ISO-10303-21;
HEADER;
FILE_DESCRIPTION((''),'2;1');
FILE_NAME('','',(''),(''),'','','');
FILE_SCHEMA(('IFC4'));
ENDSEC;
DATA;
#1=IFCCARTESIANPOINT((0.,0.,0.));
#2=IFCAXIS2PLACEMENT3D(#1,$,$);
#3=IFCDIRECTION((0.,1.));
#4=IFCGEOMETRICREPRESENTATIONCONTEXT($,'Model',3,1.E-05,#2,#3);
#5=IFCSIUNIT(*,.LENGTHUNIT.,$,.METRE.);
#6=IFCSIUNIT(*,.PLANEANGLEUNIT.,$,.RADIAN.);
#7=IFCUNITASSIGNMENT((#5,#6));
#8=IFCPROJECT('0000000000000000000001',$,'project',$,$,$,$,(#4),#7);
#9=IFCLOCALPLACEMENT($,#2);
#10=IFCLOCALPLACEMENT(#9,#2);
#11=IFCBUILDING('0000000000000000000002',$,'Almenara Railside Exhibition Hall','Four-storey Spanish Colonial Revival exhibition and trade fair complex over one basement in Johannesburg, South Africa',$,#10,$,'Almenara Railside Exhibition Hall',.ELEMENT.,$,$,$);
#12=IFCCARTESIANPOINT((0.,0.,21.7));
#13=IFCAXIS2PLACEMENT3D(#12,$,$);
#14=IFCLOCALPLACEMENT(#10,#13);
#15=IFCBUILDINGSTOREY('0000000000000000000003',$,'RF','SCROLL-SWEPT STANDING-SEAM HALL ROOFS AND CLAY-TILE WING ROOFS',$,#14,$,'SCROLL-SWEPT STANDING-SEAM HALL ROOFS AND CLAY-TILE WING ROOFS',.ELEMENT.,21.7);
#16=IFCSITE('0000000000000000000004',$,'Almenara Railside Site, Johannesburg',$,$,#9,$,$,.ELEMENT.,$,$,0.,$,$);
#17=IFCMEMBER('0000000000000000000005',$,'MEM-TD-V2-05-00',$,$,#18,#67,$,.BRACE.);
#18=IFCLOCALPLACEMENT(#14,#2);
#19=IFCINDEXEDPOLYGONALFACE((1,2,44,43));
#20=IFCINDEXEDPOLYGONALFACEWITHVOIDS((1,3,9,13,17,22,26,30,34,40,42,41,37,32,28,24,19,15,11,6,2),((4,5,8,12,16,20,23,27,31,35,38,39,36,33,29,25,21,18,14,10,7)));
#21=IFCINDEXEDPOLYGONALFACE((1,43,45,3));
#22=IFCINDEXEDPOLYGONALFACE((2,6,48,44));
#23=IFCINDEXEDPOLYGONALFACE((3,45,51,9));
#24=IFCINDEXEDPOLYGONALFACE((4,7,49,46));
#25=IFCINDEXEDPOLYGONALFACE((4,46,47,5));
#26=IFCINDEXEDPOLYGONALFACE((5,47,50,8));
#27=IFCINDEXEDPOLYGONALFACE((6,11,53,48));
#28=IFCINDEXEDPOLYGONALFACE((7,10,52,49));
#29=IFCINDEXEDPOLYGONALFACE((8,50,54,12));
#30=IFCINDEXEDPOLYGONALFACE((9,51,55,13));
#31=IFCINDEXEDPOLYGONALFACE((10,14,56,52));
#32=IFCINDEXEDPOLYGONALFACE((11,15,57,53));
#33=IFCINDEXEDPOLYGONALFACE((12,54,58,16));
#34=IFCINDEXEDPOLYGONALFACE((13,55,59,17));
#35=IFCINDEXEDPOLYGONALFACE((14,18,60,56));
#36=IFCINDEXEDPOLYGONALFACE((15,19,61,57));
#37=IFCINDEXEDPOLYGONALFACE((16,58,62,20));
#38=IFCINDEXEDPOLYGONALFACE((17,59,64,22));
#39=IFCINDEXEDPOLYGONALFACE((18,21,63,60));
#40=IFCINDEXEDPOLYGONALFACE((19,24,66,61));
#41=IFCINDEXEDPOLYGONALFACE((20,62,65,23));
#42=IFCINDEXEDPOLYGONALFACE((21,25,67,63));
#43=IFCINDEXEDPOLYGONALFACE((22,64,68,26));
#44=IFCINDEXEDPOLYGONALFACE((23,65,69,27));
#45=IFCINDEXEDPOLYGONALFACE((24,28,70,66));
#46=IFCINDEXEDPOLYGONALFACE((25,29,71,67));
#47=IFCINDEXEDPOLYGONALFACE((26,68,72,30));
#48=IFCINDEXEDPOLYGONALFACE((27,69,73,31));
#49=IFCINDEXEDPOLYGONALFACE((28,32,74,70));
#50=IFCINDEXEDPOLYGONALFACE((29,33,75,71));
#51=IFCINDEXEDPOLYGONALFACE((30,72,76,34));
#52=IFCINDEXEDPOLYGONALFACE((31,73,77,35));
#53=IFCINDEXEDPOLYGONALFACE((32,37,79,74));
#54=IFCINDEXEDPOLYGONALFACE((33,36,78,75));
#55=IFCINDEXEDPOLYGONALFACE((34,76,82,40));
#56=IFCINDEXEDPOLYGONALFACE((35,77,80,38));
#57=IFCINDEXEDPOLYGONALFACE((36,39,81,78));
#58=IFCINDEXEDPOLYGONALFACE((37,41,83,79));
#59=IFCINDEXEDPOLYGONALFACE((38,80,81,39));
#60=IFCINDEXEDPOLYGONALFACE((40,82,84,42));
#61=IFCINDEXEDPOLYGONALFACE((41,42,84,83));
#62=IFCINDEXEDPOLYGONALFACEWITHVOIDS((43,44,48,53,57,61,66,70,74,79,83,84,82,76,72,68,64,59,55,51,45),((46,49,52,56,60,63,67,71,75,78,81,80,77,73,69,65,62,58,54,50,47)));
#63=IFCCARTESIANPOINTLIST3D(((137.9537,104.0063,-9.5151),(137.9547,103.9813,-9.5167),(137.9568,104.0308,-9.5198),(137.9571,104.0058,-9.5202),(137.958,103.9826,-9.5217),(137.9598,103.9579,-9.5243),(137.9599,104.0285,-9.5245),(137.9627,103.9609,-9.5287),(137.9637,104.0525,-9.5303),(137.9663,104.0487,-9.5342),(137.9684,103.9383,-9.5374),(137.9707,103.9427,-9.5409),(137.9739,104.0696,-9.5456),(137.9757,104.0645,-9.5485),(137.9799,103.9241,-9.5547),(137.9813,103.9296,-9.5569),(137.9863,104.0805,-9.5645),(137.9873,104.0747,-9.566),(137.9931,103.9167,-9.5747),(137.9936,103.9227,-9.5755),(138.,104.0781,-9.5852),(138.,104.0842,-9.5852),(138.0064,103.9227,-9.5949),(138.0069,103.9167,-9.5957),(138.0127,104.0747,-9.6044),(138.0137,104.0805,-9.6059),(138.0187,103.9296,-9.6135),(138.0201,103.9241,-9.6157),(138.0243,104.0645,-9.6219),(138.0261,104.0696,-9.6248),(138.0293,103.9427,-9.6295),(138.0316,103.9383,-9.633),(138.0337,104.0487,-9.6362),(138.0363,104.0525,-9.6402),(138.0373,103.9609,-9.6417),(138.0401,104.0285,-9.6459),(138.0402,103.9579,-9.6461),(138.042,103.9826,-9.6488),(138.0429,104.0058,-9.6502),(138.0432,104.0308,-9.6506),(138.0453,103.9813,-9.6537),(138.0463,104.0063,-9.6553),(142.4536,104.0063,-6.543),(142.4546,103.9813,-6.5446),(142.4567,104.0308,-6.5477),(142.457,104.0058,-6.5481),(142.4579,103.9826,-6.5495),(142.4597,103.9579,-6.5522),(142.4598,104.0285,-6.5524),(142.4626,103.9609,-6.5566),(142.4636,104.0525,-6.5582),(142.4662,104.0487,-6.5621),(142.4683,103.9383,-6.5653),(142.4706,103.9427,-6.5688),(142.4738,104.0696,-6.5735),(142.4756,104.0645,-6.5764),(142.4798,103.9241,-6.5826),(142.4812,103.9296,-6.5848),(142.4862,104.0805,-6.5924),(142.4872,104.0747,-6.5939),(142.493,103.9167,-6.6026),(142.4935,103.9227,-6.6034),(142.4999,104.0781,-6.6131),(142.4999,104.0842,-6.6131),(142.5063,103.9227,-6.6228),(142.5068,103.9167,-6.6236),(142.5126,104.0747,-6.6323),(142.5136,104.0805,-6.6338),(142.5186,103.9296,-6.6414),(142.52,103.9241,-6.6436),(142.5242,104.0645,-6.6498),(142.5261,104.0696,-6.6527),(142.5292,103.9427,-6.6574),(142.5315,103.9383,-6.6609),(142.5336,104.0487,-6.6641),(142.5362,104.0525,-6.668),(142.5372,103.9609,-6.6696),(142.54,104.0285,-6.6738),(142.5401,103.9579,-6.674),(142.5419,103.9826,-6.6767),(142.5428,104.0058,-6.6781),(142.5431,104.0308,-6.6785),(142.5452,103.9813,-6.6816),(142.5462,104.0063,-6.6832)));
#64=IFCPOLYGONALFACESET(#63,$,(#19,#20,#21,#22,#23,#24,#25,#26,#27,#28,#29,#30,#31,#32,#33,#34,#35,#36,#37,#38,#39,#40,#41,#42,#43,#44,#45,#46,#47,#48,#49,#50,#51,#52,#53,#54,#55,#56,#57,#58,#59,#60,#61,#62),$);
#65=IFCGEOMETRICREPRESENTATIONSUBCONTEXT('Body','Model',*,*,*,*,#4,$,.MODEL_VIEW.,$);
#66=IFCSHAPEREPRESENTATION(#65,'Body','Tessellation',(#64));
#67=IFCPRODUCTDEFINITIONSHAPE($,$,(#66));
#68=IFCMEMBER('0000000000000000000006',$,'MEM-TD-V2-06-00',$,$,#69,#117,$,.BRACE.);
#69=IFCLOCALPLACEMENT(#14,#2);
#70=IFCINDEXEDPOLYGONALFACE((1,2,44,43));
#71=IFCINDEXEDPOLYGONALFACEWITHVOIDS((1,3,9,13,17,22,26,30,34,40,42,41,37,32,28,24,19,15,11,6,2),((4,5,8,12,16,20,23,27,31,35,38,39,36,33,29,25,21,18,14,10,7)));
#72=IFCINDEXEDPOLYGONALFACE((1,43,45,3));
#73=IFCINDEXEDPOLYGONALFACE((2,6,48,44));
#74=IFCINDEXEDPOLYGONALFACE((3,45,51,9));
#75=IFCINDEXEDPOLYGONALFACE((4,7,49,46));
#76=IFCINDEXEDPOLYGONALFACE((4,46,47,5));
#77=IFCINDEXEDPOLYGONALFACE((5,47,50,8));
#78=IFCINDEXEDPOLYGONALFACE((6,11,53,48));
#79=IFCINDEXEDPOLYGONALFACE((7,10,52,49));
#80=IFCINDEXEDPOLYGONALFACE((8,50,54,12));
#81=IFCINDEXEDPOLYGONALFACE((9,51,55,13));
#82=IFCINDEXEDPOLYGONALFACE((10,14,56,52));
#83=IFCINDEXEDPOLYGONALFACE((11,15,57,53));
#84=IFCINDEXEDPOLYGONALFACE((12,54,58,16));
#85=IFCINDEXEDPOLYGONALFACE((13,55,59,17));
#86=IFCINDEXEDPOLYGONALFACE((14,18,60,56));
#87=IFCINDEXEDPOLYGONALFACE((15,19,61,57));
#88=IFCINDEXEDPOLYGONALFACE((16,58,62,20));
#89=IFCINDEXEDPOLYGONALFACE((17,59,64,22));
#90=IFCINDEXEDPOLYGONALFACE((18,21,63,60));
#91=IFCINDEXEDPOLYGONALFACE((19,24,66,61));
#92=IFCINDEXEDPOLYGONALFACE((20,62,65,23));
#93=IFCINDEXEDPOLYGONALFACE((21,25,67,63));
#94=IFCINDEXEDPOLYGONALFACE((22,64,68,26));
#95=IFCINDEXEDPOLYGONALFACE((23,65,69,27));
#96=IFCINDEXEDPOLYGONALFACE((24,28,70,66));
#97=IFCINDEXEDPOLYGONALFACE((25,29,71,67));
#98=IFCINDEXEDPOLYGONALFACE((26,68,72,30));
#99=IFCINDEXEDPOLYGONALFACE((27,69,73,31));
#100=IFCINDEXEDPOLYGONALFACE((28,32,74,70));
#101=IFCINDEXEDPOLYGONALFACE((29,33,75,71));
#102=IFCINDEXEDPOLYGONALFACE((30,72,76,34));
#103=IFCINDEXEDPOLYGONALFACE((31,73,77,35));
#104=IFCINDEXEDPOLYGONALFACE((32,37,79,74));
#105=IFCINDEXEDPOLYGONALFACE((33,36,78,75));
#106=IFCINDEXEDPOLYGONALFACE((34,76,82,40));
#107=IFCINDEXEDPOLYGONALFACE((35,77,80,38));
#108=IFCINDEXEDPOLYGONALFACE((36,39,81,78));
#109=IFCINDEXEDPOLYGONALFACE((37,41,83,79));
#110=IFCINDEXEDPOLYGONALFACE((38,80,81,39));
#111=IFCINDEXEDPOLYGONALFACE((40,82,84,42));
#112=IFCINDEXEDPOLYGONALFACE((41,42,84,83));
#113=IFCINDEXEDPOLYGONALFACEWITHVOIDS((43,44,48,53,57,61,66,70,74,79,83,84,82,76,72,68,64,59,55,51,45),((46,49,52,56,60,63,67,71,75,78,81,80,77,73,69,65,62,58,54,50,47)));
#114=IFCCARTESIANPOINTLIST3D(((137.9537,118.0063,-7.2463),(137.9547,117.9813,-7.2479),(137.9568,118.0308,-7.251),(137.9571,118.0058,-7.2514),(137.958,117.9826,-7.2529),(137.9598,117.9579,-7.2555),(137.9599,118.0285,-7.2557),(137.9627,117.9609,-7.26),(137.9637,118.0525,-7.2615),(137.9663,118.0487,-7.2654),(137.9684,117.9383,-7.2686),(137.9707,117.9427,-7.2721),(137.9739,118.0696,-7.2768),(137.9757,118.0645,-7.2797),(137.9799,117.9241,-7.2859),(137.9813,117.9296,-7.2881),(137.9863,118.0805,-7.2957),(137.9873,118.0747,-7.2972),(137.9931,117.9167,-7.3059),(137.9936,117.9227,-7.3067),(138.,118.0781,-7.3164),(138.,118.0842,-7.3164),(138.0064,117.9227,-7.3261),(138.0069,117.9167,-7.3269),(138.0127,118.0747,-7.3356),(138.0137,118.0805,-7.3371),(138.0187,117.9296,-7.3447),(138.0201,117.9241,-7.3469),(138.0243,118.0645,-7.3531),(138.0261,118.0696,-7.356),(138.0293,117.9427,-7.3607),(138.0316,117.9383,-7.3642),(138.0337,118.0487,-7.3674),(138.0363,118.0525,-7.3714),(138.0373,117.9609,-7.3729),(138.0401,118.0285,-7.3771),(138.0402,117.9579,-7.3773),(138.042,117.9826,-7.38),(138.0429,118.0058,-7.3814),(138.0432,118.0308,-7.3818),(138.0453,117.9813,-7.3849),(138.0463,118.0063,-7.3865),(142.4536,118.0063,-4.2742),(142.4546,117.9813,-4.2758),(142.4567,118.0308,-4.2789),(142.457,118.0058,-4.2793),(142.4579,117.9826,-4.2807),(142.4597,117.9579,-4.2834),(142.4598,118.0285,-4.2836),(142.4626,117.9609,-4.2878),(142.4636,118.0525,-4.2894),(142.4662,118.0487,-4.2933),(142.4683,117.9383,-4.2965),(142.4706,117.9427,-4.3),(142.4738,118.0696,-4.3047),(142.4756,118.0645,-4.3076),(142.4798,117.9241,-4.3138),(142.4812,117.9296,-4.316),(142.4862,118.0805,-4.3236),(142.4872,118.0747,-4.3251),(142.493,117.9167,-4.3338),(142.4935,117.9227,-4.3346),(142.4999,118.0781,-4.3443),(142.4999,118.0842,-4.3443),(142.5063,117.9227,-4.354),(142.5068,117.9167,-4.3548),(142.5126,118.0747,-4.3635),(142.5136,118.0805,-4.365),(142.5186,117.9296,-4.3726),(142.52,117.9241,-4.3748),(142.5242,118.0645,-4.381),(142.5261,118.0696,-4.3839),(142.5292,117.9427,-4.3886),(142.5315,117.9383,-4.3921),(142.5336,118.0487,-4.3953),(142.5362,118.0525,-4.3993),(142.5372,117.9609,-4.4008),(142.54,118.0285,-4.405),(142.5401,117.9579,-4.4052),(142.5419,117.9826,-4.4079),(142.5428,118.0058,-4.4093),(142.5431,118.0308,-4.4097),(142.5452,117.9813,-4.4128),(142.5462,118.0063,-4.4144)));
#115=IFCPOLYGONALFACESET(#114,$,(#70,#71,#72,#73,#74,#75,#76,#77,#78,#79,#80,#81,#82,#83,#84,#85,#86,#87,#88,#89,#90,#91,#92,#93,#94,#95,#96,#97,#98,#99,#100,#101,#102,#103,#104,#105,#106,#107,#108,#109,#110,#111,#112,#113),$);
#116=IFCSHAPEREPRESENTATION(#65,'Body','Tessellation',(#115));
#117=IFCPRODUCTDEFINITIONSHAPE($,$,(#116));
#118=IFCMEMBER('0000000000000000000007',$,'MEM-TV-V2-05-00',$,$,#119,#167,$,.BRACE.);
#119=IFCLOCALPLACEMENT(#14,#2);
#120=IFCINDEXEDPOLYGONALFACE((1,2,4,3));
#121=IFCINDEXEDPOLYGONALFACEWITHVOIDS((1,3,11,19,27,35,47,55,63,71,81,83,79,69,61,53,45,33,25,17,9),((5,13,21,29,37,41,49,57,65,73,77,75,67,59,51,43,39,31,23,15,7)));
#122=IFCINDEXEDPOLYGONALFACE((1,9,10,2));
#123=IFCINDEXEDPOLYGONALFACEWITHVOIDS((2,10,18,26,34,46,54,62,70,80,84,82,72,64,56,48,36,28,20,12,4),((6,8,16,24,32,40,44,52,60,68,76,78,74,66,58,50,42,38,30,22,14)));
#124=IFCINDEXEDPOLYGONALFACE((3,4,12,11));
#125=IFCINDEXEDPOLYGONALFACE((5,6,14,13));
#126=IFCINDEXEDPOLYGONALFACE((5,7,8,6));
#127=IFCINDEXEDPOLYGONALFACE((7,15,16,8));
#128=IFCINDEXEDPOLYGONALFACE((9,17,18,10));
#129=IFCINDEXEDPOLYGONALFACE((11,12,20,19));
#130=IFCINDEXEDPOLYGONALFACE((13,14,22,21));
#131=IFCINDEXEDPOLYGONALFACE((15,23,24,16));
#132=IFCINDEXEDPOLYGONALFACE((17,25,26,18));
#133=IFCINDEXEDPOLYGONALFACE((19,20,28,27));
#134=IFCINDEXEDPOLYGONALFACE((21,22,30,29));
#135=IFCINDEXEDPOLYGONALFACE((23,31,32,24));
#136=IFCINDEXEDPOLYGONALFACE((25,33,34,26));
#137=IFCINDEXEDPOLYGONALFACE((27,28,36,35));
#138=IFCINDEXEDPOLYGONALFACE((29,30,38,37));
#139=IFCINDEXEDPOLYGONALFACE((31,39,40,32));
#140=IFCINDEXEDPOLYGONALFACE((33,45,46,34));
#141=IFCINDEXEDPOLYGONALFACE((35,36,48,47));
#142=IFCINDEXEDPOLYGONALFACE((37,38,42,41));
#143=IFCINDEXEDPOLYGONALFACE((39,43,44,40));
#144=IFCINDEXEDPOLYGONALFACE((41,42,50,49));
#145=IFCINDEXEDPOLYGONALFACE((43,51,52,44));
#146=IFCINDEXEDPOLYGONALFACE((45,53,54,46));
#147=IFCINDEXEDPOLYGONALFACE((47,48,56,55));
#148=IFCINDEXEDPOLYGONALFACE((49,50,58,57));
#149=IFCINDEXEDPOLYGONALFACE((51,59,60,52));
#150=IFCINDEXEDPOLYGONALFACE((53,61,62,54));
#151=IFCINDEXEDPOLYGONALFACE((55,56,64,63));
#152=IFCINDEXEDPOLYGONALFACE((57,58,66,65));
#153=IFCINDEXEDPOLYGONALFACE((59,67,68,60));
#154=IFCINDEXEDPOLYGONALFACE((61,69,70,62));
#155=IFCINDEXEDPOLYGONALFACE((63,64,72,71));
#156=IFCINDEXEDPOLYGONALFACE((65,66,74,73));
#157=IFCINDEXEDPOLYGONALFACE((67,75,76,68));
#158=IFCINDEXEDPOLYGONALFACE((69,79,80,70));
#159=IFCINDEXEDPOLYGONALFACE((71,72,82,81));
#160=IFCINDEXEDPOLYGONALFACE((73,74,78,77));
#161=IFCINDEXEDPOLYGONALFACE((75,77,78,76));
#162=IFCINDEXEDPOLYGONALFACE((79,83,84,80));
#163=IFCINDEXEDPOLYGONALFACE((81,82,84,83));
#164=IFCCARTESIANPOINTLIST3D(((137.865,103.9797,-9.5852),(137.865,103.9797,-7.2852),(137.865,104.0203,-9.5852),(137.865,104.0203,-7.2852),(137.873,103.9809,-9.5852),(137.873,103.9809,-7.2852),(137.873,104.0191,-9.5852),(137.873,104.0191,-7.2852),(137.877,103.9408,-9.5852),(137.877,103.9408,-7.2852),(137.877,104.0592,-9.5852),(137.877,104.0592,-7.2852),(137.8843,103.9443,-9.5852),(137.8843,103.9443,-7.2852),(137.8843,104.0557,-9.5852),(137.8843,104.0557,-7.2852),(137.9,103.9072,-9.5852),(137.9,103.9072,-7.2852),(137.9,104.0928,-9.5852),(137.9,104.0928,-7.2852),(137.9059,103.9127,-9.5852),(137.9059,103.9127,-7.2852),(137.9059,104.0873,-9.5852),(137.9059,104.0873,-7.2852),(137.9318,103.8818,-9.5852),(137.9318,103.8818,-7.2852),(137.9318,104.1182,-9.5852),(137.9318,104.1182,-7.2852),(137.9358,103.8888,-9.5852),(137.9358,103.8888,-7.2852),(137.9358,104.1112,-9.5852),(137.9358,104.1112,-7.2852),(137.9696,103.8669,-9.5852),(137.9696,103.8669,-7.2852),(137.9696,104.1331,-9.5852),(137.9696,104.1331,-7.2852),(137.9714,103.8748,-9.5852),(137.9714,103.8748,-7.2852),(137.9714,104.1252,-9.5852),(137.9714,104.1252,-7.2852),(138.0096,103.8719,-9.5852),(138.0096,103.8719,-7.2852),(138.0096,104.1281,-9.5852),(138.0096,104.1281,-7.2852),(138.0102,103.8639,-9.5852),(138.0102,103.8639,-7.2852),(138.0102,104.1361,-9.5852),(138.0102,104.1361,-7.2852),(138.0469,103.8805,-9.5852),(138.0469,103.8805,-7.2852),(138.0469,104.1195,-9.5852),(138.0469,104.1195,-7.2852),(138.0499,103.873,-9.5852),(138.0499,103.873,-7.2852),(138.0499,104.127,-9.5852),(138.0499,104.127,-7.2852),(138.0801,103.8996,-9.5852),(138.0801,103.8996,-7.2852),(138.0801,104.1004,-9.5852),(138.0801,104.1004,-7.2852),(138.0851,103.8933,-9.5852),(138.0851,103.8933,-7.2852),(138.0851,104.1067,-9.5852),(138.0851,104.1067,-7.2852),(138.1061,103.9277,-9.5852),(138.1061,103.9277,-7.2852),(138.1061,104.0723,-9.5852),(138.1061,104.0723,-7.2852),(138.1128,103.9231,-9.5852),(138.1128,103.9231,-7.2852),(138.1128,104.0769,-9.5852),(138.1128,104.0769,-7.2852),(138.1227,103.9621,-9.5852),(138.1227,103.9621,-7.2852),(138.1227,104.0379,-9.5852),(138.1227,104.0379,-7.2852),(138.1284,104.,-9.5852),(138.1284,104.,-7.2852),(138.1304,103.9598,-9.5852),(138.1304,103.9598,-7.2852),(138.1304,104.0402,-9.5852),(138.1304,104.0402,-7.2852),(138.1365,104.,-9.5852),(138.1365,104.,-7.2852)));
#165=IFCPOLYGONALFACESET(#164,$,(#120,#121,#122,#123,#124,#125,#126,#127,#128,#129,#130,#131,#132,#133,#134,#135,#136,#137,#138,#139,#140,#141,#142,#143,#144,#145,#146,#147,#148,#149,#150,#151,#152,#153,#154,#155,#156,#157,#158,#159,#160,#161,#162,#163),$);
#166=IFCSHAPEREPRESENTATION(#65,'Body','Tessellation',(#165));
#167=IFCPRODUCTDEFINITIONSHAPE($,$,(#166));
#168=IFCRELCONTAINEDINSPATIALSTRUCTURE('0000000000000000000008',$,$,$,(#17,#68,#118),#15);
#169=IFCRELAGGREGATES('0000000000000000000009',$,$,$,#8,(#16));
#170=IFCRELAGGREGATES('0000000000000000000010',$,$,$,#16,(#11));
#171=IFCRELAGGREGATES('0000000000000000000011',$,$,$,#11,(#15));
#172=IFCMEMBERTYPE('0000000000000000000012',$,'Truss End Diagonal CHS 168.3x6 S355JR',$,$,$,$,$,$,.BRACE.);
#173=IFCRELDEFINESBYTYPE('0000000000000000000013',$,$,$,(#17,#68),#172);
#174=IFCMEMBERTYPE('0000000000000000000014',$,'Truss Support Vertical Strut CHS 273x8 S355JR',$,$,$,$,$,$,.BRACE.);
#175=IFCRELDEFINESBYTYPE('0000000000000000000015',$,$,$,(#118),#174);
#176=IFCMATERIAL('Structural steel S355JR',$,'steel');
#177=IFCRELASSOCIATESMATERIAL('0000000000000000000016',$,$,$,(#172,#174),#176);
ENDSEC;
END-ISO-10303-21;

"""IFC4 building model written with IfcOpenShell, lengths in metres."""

from ifc_helpers import new_model, si_unit, direction, frame, origin, origin_2d, place, context, subcontext, project, spatial, hollow_circle, extrude, material, material_profile, profile_set, type_object, element, save


model = new_model("IFC4")

# Units and contexts
model_context = context("Model", 3, precision=1e-05, world=origin(), true_north=direction((0.0, 1.0)))
body_context = subcontext(model_context, "Body", "Model", "MODEL_VIEW")
ifc_project = project(units=[si_unit("LENGTHUNIT", "METRE"), si_unit("PLANEANGLEUNIT", "RADIAN")], contexts=[model_context])

# Site, building, storey
site_placement = place(None, origin())
site = spatial("IfcSite", under=ifc_project, at=site_placement, Name="Almenara Railside Site, Johannesburg", CompositionType="ELEMENT", RefElevation=0.0)
building_placement = place(site_placement, origin())
building = spatial("IfcBuilding", under=site, at=building_placement, Name="Almenara Railside Exhibition Hall", Description="Four-storey Spanish Colonial Revival exhibition and trade fair complex over one basement in Johannesburg, South Africa", LongName="Almenara Railside Exhibition Hall", CompositionType="ELEMENT")
storey_placement = place(building_placement, frame((0.0, 0.0, 21.7)))
storey = spatial("IfcBuildingStorey", under=building, at=storey_placement, Name="RF", Description="SCROLL-SWEPT STANDING-SEAM HALL ROOFS AND CLAY-TILE WING ROOFS", LongName="SCROLL-SWEPT STANDING-SEAM HALL ROOFS AND CLAY-TILE WING ROOFS", CompositionType="ELEMENT", Elevation=21.7)

# Shared definitions
ifc_material_1 = material(Name="Structural steel S355JR", Category="steel")

# Members
ifc_material_profile_1 = material_profile(ifc_material_1, hollow_circle(Radius=0.0842, WallThickness=0.0061, at=origin_2d()), Name="CHS 168.3x6")
ifc_profile_set_1 = profile_set([ifc_material_profile_1], Name="Structural steel S355JR")
member_type_1 = type_object("IfcMemberType", Name="Truss End Diagonal CHS 168.3x6 S355JR", PredefinedType="BRACE", material=ifc_profile_set_1)
for number, where, z_axis, x_axis, name in (
    (1, (138.0, 104.0, -9.5852), (0.834425, 0.0, 0.551122), (0.0, 1.0, 0.0), "MEM-TD-V2-05-00"),
    (2, (138.0, 118.0, -7.3164), (0.834425, 0.0, 0.551122), (0.0, 1.0, 0.0), "MEM-TD-V2-06-00"),
):
    element("IfcMember", number, at=place(storey_placement, frame(where, z_axis=z_axis, x_axis=x_axis)), inside=storey, type_object=member_type_1, Name=name, PredefinedType="BRACE", context=body_context, shape_type="SweptSolid", body=[
        extrude(hollow_circle(Radius=0.0842, WallThickness=0.0061, at=origin_2d()), origin(), (0.0, 0.0, 1.0), 5.3928),
    ])
ifc_material_profile_2 = material_profile(ifc_material_1, hollow_circle(Radius=0.1365, WallThickness=0.0081, at=origin_2d()), Name="CHS 273x8")
ifc_profile_set_2 = profile_set([ifc_material_profile_2], Name="Structural steel S355JR")
member_type_2 = type_object("IfcMemberType", Name="Truss Support Vertical Strut CHS 273x8 S355JR", PredefinedType="BRACE", material=ifc_profile_set_2)
for number, where, z_axis, x_axis, name in (
    (3, (138.0, 104.0, -9.5852), (0.0, 0.0, 1.0), (1.0, 0.0, 0.0), "MEM-TV-V2-05-00"),
):
    element("IfcMember", number, at=place(storey_placement, frame(where, z_axis=z_axis, x_axis=x_axis)), inside=storey, type_object=member_type_2, Name=name, PredefinedType="BRACE", context=body_context, shape_type="SweptSolid", body=[
        extrude(hollow_circle(Radius=0.1365, WallThickness=0.0081, at=origin_2d()), origin(), (0.0, 0.0, 1.0), 2.3),
    ])

save(model, "model.ifc")
